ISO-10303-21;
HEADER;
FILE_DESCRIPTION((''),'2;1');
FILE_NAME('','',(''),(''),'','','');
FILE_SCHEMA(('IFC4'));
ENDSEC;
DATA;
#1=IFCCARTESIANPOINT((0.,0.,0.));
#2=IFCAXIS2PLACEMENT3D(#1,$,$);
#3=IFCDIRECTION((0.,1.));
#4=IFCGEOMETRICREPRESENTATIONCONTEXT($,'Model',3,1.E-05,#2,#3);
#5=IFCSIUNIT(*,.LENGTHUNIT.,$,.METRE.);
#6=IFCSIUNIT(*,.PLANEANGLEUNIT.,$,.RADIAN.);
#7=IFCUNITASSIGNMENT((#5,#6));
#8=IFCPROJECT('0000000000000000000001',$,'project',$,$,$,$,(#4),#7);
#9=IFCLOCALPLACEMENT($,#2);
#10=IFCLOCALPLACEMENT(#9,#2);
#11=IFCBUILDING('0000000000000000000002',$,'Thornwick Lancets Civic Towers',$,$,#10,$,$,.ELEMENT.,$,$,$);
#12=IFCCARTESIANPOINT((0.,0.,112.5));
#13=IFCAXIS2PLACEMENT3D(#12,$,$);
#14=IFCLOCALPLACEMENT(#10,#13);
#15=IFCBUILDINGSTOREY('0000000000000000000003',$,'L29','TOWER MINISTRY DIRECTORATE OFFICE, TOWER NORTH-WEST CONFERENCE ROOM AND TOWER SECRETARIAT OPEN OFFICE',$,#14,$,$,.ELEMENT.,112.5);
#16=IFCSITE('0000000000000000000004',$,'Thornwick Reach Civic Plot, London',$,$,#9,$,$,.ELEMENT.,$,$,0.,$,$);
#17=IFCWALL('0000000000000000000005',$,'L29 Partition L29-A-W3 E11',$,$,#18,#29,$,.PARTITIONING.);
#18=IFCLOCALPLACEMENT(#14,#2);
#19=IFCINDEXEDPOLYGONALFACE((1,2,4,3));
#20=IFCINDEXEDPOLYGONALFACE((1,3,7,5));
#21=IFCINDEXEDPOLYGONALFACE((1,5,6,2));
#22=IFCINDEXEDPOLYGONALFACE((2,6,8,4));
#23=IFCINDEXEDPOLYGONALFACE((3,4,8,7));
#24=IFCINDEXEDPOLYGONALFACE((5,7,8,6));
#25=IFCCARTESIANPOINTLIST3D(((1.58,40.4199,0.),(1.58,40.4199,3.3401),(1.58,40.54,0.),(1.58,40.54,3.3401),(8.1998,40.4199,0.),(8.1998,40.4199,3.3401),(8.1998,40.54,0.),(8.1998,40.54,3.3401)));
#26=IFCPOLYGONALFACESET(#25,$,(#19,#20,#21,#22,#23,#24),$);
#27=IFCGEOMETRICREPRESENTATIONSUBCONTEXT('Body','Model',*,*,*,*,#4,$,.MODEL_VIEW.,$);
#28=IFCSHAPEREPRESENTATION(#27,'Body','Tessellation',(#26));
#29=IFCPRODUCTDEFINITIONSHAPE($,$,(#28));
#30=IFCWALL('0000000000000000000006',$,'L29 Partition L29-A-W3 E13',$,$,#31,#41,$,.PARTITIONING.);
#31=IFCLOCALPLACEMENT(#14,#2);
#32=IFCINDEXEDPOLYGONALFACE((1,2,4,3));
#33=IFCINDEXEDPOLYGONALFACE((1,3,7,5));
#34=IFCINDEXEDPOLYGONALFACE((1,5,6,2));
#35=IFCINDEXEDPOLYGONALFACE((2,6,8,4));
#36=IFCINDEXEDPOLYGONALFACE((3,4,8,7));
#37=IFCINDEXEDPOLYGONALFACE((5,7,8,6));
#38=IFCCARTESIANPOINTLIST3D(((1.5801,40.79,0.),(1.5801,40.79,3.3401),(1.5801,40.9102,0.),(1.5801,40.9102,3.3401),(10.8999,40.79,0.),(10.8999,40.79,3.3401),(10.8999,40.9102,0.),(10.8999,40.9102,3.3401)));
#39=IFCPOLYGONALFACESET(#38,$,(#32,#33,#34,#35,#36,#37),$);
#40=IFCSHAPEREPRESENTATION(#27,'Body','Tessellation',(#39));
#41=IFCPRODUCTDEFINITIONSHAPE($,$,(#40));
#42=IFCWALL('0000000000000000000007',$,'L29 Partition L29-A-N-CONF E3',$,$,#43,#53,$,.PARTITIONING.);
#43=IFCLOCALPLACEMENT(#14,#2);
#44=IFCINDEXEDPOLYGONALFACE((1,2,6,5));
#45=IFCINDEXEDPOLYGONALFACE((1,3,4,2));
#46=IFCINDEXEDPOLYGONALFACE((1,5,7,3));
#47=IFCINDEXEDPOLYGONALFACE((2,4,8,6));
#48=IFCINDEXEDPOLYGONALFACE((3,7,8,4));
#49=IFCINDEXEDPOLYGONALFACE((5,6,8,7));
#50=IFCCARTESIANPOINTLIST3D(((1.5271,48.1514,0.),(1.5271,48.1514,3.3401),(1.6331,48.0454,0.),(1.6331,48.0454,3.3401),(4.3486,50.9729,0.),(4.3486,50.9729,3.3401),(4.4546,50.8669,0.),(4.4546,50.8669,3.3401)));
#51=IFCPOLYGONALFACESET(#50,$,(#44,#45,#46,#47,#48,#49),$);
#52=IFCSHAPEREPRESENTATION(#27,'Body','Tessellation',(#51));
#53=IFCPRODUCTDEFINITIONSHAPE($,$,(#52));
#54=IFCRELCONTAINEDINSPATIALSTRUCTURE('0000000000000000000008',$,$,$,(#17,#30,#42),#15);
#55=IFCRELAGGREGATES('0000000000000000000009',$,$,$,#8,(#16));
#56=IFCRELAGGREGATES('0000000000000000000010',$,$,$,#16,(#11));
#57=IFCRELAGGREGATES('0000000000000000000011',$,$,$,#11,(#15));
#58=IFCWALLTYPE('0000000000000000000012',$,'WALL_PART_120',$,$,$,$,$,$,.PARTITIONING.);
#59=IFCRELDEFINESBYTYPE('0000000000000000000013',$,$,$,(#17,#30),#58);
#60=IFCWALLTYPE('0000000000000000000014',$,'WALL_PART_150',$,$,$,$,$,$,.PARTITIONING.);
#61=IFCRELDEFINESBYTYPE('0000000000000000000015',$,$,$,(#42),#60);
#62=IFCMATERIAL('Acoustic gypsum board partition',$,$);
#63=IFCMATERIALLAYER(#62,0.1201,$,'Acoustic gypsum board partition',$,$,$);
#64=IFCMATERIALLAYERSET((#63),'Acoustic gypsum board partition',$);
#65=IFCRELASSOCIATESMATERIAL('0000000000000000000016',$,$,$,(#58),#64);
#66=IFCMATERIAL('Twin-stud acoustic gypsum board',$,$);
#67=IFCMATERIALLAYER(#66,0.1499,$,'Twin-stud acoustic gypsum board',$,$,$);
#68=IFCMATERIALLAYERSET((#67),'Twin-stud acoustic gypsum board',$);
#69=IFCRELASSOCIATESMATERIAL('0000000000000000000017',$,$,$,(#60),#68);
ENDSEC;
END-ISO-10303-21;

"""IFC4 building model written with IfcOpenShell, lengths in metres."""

from ifc_helpers import new_model, si_unit, direction, frame, frame_2d, origin, place, context, subcontext, project, spatial, rectangle, extrude, material, layer, layer_set, type_object, element, save


model = new_model("IFC4")

# Units and contexts
model_context = context("Model", 3, precision=1e-05, world=origin(), true_north=direction((0.0, 1.0)))
body_context = subcontext(model_context, "Body", "Model", "MODEL_VIEW")
ifc_project = project(units=[si_unit("LENGTHUNIT", "METRE"), si_unit("PLANEANGLEUNIT", "RADIAN")], contexts=[model_context])

# Site, building, storey
site_placement = place(None, origin())
site = spatial("IfcSite", under=ifc_project, at=site_placement, Name="Thornwick Reach Civic Plot, London", CompositionType="ELEMENT", RefElevation=0.0)
building_placement = place(site_placement, origin())
building = spatial("IfcBuilding", under=site, at=building_placement, Name="Thornwick Lancets Civic Towers", CompositionType="ELEMENT")
storey_placement = place(building_placement, frame((0.0, 0.0, 112.5)))
storey = spatial("IfcBuildingStorey", under=building, at=storey_placement, Name="L29", Description="TOWER MINISTRY DIRECTORATE OFFICE, TOWER NORTH-WEST CONFERENCE ROOM AND TOWER SECRETARIAT OPEN OFFICE", CompositionType="ELEMENT", Elevation=112.5)

# Walls
ifc_material_1 = material(Name="Acoustic gypsum board partition")
ifc_layer_1 = layer(ifc_material_1, 0.1201, Name="Acoustic gypsum board partition")
ifc_layer_set_1 = layer_set([ifc_layer_1], Name="Acoustic gypsum board partition")
wall_type_1 = type_object("IfcWallType", Name="WALL_PART_120", PredefinedType="PARTITIONING", material=ifc_layer_set_1)
for number, where, z_axis, x_axis, name in (
    (1, (8.2, 40.48, 0.0), (0.0, 0.0, 1.0), (-1.0, 0.0, 0.0), "L29 Partition L29-A-W3 E11"),
):
    element("IfcWall", number, at=place(storey_placement, frame(where, z_axis=z_axis, x_axis=x_axis)), inside=storey, type_object=wall_type_1, Name=name, PredefinedType="PARTITIONING", context=body_context, shape_type="SweptSolid", body=[
        extrude(rectangle(XDim=6.6199, YDim=0.1201, at=frame_2d((3.3101, 0.0))), origin(), (0.0, 0.0, 1.0), 3.3401),
    ])
wall_1_placement = place(storey_placement, frame((1.5801, 40.8501, 0.0), z_axis=(0.0, 0.0, 1.0), x_axis=(1.0, 0.0, 0.0)))
element("IfcWall", 2, at=wall_1_placement, inside=storey, type_object=wall_type_1, Name="L29 Partition L29-A-W3 E13", PredefinedType="PARTITIONING", context=body_context, shape_type="SweptSolid", body=[
    extrude(rectangle(XDim=9.3198, YDim=0.1201, at=frame_2d((4.6599, 0.0))), origin(), (0.0, 0.0, 1.0), 3.3401),
])
ifc_material_2 = material(Name="Twin-stud acoustic gypsum board")
ifc_layer_2 = layer(ifc_material_2, 0.1499, Name="Twin-stud acoustic gypsum board")
ifc_layer_set_2 = layer_set([ifc_layer_2], Name="Twin-stud acoustic gypsum board")
wall_type_2 = type_object("IfcWallType", Name="WALL_PART_150", PredefinedType="PARTITIONING", material=ifc_layer_set_2)
wall_2_placement = place(storey_placement, frame((1.5801, 48.0984, 0.0), z_axis=(0.0, 0.0, 1.0), x_axis=(0.707107, 0.707107, 0.0)))
element("IfcWall", 3, at=wall_2_placement, inside=storey, type_object=wall_type_2, Name="L29 Partition L29-A-N-CONF E3", PredefinedType="PARTITIONING", context=body_context, shape_type="SweptSolid", body=[
    extrude(rectangle(XDim=3.9902, YDim=0.1499, at=frame_2d((1.9951, 0.0))), origin(), (0.0, 0.0, 1.0), 3.3401),
])

save(model, "model.ifc")
